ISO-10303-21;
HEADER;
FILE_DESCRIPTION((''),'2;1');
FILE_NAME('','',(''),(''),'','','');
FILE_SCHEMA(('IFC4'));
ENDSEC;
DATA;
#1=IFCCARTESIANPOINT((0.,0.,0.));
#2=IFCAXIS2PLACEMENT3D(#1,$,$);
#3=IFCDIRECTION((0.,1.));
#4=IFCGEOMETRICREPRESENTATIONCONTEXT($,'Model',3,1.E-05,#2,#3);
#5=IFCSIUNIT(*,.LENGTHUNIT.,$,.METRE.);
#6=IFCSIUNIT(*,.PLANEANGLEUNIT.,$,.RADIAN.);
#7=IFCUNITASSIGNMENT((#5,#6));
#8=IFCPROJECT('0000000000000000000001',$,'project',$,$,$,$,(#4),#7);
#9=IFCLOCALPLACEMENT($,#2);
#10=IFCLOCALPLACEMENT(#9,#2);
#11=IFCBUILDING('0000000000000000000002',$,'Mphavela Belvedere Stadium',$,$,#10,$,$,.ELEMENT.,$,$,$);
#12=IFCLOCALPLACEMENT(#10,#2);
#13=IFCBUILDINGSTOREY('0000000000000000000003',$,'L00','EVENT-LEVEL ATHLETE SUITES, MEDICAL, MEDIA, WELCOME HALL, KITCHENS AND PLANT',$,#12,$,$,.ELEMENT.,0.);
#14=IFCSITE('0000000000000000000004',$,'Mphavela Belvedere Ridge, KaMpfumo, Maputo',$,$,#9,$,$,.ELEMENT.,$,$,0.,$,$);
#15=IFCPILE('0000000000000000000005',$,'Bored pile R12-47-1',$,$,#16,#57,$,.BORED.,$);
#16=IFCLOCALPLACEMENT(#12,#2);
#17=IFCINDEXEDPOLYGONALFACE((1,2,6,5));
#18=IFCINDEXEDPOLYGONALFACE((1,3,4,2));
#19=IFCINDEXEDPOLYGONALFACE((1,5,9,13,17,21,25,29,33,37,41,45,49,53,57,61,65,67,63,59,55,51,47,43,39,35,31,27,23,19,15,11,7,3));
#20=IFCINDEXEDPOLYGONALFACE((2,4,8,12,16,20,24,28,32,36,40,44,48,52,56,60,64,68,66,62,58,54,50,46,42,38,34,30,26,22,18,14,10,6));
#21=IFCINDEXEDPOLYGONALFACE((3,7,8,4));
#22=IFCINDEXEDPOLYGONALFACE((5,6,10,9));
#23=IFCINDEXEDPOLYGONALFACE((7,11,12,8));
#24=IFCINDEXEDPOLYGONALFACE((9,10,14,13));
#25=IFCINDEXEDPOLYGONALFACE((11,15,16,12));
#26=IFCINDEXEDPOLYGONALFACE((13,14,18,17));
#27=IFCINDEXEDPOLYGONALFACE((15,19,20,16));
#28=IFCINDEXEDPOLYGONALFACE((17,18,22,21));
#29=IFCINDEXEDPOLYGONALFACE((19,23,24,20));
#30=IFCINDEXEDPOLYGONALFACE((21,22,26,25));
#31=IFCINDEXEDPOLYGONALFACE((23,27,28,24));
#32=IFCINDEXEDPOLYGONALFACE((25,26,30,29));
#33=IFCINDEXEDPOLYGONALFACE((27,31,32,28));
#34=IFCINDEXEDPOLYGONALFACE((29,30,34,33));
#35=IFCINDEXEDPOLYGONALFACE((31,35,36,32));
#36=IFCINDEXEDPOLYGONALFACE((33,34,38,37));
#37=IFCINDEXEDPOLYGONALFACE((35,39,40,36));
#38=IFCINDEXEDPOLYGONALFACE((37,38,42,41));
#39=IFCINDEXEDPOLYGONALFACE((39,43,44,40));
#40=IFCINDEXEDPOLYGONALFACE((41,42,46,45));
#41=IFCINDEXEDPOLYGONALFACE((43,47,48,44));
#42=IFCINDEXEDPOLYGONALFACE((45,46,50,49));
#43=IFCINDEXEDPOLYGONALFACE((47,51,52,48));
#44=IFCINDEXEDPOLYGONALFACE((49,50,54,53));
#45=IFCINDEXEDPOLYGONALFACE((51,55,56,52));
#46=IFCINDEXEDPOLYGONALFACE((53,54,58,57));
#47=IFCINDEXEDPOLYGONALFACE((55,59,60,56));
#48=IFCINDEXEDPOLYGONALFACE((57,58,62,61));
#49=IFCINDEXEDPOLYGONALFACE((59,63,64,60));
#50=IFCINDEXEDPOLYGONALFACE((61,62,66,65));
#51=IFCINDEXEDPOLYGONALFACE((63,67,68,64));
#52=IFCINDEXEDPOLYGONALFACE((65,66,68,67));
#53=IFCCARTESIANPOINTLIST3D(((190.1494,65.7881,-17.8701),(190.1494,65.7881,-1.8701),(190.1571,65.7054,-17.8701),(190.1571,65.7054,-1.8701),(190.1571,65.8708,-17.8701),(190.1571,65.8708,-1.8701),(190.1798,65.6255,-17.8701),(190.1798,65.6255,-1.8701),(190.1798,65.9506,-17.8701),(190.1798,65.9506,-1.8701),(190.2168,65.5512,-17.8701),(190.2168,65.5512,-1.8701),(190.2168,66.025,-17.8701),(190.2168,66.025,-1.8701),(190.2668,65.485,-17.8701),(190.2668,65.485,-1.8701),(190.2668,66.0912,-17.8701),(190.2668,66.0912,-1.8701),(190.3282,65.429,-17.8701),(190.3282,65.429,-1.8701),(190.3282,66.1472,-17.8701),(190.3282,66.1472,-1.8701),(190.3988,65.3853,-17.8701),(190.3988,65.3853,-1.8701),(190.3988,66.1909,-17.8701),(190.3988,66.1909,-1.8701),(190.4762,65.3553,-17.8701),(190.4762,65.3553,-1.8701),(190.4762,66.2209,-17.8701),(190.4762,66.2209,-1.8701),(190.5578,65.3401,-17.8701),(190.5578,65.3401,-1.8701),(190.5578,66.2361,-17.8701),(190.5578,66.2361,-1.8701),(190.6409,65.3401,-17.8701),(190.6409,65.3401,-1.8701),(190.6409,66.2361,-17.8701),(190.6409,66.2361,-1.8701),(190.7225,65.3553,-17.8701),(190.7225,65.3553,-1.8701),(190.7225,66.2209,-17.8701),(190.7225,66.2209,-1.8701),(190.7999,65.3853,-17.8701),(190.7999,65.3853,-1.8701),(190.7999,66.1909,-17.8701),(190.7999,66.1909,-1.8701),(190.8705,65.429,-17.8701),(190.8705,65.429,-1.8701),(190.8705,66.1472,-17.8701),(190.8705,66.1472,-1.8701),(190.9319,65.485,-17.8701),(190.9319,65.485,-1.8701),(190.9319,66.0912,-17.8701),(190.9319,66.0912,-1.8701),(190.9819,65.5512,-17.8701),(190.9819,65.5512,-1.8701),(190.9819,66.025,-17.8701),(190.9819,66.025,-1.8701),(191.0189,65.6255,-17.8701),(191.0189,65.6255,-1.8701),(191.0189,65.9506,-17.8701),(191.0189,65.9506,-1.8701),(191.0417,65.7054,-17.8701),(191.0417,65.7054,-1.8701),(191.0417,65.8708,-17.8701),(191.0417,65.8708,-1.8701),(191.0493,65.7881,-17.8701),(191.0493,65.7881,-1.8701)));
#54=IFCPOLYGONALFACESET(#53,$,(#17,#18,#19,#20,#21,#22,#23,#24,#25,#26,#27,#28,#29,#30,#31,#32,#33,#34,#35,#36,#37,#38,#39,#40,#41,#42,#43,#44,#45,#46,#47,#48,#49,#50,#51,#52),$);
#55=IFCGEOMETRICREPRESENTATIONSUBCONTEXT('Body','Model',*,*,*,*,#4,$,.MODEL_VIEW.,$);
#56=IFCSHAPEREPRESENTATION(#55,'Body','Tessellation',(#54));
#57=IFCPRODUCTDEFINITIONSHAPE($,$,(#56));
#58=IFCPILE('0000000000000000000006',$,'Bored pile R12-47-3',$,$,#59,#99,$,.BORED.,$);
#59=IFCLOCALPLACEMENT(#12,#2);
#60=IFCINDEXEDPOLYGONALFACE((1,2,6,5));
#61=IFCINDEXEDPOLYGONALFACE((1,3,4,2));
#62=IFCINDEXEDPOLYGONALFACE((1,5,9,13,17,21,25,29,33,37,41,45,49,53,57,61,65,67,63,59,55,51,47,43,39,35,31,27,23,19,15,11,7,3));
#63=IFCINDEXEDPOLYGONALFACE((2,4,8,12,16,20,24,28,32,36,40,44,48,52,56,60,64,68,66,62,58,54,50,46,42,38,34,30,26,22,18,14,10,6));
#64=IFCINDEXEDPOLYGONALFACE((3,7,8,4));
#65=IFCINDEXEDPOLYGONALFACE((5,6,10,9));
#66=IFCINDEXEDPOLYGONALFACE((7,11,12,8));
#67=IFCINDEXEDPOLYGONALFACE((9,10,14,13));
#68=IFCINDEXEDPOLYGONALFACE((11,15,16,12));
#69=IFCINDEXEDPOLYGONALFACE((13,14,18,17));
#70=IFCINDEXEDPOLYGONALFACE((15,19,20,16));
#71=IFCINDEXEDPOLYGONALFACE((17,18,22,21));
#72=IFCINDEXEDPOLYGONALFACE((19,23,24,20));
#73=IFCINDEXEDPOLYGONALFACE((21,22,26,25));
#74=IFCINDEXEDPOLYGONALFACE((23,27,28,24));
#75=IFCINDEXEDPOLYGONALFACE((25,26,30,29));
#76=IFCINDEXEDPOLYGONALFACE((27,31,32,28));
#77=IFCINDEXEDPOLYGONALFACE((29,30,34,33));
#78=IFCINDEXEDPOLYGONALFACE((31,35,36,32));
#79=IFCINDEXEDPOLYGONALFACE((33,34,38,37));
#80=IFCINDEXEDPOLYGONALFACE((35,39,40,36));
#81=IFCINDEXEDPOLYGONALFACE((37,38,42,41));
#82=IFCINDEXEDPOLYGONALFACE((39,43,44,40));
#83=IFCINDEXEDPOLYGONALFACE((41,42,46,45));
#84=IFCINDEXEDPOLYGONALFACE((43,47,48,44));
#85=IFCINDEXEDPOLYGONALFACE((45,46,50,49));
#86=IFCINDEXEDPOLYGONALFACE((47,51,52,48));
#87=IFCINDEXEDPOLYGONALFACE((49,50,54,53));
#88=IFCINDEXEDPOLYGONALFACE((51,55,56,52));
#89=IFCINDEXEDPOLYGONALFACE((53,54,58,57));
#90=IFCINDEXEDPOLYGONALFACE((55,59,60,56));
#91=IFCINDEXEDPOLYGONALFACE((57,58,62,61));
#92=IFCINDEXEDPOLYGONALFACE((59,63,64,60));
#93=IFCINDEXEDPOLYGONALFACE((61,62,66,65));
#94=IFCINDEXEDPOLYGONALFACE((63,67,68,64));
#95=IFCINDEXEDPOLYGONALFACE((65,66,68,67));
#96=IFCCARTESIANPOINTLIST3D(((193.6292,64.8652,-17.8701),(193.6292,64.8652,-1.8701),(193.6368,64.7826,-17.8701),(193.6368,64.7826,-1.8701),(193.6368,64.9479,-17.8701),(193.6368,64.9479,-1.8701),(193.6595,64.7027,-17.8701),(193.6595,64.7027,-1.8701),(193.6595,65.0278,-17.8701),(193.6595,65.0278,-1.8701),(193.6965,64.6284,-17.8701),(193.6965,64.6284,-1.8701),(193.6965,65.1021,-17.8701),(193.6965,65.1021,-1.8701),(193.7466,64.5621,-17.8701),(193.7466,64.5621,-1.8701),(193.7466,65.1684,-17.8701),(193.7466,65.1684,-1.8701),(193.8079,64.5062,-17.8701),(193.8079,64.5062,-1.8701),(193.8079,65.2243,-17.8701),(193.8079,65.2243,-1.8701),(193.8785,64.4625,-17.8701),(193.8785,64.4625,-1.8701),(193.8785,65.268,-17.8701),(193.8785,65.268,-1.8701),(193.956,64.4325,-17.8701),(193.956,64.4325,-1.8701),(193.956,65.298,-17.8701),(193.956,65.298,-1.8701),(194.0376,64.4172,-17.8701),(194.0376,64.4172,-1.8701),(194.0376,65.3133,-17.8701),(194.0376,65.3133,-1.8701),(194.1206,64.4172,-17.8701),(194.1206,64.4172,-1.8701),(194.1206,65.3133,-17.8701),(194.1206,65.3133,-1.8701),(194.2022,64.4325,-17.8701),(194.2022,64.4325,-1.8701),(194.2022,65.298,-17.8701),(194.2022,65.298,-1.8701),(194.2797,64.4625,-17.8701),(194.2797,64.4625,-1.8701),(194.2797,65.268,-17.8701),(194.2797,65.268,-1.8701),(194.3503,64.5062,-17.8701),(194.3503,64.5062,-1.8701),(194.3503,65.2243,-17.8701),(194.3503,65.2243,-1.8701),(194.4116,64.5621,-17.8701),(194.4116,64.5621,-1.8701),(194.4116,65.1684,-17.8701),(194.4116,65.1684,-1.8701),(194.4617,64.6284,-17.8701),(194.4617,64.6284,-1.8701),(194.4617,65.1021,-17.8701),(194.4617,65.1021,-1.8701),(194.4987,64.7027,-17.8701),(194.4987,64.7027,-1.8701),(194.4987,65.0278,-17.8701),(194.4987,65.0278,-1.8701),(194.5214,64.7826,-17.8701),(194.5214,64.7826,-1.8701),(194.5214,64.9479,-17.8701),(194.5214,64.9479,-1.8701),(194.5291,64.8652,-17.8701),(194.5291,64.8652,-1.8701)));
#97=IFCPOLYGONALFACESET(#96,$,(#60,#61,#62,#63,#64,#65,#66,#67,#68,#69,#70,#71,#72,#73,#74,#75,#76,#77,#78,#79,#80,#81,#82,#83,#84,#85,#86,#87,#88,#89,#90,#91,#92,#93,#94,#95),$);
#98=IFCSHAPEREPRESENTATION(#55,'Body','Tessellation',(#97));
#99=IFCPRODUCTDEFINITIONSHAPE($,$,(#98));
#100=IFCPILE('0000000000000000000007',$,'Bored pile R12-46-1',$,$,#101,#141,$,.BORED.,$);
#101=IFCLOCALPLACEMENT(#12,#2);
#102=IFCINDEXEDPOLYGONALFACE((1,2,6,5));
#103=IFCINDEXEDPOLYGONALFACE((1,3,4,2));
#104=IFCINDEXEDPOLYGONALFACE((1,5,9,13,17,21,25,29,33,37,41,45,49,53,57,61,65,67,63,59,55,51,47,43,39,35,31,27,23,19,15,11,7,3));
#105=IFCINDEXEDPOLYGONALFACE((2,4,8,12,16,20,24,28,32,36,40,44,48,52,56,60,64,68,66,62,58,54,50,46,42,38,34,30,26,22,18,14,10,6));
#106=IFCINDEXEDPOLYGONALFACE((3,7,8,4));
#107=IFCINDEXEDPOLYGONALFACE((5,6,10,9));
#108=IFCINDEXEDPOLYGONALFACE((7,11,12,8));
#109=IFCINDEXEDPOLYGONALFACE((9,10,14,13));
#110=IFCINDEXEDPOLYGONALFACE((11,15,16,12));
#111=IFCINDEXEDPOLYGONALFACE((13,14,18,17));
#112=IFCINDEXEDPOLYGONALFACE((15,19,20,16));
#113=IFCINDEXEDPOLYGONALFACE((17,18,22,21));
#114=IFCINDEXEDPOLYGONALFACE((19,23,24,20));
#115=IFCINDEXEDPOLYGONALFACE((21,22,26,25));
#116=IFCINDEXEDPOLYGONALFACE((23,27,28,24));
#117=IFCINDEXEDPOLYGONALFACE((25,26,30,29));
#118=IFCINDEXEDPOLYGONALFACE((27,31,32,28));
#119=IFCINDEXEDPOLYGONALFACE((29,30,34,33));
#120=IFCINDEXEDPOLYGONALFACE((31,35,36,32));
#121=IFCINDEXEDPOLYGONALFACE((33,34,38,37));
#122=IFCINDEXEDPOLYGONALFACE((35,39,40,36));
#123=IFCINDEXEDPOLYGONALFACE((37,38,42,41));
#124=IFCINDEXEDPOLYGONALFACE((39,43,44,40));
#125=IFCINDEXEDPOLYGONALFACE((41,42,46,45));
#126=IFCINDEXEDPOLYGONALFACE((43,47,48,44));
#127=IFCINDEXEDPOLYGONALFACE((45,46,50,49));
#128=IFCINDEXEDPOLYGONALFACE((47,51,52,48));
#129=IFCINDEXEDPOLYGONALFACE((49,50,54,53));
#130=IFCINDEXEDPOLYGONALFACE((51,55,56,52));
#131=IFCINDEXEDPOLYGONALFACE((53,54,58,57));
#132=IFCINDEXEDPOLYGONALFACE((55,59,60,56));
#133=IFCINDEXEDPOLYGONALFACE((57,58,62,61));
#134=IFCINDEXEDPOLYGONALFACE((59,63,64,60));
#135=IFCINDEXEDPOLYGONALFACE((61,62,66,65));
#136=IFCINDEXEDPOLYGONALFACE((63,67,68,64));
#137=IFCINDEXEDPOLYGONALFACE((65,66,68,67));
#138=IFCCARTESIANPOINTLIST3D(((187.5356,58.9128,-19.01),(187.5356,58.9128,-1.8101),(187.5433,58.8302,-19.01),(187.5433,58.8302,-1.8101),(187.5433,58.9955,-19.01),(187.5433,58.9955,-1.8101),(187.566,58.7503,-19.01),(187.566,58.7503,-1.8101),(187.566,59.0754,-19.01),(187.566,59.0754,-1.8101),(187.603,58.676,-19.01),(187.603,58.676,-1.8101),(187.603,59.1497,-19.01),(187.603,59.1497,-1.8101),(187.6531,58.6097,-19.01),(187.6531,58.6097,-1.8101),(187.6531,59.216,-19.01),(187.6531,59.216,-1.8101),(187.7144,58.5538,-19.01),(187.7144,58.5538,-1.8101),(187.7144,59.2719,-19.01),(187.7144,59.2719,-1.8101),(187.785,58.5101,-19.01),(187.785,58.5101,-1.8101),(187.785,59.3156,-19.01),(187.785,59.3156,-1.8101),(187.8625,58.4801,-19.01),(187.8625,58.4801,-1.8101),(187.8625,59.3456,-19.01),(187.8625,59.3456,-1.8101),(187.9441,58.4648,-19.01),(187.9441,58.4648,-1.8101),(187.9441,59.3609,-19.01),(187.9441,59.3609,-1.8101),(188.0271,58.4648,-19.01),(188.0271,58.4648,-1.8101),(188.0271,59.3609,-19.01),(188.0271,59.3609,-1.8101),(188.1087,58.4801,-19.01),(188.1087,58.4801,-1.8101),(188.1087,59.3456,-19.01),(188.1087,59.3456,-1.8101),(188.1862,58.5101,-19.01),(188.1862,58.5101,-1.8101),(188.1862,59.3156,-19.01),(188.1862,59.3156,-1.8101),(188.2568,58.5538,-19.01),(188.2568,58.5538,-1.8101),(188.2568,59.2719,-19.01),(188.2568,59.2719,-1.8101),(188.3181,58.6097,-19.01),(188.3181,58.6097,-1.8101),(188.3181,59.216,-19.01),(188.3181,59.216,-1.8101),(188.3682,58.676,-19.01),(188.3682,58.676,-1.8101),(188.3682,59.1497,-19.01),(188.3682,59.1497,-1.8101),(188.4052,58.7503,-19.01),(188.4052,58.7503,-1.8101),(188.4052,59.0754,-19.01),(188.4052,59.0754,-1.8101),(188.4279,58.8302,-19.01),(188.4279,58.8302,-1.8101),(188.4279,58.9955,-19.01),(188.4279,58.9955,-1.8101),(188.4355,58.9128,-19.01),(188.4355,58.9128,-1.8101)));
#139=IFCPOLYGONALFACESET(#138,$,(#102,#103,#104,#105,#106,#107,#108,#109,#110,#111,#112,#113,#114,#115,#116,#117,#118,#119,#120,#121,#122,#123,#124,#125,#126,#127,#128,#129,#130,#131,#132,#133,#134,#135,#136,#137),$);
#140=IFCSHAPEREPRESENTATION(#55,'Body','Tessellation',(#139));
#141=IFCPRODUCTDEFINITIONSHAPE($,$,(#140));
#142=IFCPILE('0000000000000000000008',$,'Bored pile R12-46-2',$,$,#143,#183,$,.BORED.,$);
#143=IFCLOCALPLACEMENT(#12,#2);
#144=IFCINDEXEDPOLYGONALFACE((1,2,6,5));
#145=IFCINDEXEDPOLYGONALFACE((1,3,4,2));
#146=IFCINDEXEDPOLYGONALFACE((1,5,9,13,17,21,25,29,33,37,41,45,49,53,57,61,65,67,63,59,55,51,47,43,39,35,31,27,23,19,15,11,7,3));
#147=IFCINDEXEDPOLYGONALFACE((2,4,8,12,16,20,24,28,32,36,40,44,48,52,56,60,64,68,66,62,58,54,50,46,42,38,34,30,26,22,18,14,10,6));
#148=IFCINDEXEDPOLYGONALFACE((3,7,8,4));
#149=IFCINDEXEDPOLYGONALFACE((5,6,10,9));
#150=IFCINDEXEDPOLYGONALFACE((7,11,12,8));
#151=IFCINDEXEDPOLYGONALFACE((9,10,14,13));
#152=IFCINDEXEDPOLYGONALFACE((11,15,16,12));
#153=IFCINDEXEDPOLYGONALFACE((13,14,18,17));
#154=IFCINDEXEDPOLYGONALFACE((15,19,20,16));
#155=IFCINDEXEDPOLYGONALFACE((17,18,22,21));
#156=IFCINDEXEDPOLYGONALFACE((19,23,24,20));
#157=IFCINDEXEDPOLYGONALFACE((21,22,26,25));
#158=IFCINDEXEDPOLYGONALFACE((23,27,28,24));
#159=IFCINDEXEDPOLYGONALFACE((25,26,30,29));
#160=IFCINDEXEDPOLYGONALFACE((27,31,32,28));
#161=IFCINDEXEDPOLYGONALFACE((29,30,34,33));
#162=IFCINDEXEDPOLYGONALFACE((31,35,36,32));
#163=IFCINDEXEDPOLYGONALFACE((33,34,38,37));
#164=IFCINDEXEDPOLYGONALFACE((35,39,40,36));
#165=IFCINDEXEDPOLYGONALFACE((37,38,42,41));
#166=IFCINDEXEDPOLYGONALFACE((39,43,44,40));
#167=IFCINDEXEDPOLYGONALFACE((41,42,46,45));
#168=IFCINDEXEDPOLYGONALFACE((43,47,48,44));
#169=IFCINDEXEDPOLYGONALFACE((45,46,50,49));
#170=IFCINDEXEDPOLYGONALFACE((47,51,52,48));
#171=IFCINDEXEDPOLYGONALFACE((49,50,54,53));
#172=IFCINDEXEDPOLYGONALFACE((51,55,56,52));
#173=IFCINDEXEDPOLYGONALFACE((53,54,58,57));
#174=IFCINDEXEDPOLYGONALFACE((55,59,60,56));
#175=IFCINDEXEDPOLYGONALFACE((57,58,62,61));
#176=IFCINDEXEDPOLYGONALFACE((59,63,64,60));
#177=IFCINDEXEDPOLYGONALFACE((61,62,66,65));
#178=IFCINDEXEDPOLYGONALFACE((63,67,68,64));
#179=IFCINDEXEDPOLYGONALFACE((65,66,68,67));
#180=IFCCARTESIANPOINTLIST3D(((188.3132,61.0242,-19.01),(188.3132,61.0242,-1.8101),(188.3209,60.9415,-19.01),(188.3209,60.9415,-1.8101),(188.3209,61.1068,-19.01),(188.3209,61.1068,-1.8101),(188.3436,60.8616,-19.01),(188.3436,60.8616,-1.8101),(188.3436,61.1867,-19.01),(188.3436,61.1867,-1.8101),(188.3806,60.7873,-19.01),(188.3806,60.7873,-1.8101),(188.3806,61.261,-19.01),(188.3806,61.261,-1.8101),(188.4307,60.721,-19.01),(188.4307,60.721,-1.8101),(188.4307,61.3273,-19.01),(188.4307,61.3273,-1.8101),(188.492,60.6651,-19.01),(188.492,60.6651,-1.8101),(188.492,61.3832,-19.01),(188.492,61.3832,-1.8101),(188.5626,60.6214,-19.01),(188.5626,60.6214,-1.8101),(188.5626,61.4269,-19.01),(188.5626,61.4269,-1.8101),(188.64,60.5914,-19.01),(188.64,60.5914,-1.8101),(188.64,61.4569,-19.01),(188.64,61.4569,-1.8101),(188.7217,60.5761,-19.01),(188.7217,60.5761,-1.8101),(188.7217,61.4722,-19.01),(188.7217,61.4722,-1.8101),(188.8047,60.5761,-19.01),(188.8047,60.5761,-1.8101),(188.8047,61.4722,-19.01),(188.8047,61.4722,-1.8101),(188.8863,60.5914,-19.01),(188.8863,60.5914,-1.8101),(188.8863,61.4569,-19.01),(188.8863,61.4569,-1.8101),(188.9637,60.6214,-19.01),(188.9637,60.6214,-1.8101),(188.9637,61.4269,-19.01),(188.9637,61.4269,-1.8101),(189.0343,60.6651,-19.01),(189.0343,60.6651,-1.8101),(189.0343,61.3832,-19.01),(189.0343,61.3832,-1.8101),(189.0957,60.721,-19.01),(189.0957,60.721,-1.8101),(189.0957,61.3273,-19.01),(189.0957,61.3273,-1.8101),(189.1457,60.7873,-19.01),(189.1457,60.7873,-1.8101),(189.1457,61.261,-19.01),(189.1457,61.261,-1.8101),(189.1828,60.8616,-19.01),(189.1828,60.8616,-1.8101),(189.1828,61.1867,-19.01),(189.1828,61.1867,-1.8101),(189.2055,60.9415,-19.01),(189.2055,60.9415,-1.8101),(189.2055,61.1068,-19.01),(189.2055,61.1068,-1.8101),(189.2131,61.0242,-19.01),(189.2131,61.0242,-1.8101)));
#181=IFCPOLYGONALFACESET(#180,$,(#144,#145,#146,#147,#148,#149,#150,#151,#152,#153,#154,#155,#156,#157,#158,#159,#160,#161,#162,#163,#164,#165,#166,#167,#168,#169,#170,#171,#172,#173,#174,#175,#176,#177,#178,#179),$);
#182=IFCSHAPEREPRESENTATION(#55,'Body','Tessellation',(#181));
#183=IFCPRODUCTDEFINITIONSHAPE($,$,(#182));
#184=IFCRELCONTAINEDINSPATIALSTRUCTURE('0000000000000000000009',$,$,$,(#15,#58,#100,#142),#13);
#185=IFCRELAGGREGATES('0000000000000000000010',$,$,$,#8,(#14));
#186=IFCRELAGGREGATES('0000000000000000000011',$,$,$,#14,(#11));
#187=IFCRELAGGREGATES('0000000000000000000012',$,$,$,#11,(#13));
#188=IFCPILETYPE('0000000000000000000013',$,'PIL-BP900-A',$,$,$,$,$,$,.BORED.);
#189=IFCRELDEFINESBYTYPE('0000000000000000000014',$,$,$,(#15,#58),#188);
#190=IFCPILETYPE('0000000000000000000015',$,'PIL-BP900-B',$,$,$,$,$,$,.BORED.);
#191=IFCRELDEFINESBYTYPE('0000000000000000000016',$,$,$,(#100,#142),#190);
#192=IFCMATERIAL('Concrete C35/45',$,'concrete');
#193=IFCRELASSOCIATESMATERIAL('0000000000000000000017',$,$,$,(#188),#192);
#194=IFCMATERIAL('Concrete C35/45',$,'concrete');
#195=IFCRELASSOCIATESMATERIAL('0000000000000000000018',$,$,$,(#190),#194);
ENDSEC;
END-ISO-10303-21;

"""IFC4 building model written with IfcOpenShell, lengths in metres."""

from ifc_helpers import new_model, si_unit, direction, frame, origin, origin_2d, place, context, subcontext, project, spatial, circle, extrude, material, material_profile, profile_set, type_object, element, save


model = new_model("IFC4")

# Units and contexts
model_context = context("Model", 3, precision=1e-05, world=origin(), true_north=direction((0.0, 1.0)))
body_context = subcontext(model_context, "Body", "Model", "MODEL_VIEW")
ifc_project = project(units=[si_unit("LENGTHUNIT", "METRE"), si_unit("PLANEANGLEUNIT", "RADIAN")], contexts=[model_context])

# Site, building, storey
site_placement = place(None, origin())
site = spatial("IfcSite", under=ifc_project, at=site_placement, Name="Mphavela Belvedere Ridge, KaMpfumo, Maputo", CompositionType="ELEMENT", RefElevation=0.0)
building_placement = place(site_placement, origin())
building = spatial("IfcBuilding", under=site, at=building_placement, Name="Mphavela Belvedere Stadium", CompositionType="ELEMENT")
storey_placement = place(building_placement, origin())
storey = spatial("IfcBuildingStorey", under=building, at=storey_placement, Name="L00", Description="EVENT-LEVEL ATHLETE SUITES, MEDICAL, MEDIA, WELCOME HALL, KITCHENS AND PLANT", CompositionType="ELEMENT", Elevation=0.0)

# Piles
ifc_material_1 = material(Name="Concrete C35/45", Category="concrete")
ifc_material_profile_1 = material_profile(ifc_material_1, circle(Radius=0.45, at=origin_2d()), Name="BP D900")
ifc_profile_set_1 = profile_set([ifc_material_profile_1], Name="Concrete C35/45")
pile_type_1 = type_object("IfcPileType", Name="PIL-BP900-A", PredefinedType="BORED", material=ifc_profile_set_1)
for number, where, z_axis, x_axis, name in (
    (1, (190.5994, 65.7881, -1.8701), (0.0, 0.0, -1.0), (1.0, 0.0, 0.0), "Bored pile R12-47-1"),
    (2, (194.0791, 64.8652, -1.8701), (0.0, 0.0, -1.0), (1.0, 0.0, 0.0), "Bored pile R12-47-3"),
):
    element("IfcPile", number, at=place(storey_placement, frame(where, z_axis=z_axis, x_axis=x_axis)), inside=storey, type_object=pile_type_1, Name=name, PredefinedType="BORED", context=body_context, shape_type="SweptSolid", body=[
        extrude(circle(Radius=0.45, at=origin_2d()), origin(), (0.0, 0.0, 1.0), 16.0),
    ])
ifc_material_2 = material(Name="Concrete C35/45", Category="concrete")
ifc_material_profile_2 = material_profile(ifc_material_2, circle(Radius=0.45, at=origin_2d()), Name="BP D900")
ifc_profile_set_2 = profile_set([ifc_material_profile_2], Name="Concrete C35/45")
pile_type_2 = type_object("IfcPileType", Name="PIL-BP900-B", PredefinedType="BORED", material=ifc_profile_set_2)
for number, where, z_axis, x_axis, name in (
    (3, (187.9856, 58.9128, -1.8101), (0.0, 0.0, -1.0), (1.0, 0.0, 0.0), "Bored pile R12-46-1"),
    (4, (188.7632, 61.0242, -1.8101), (0.0, 0.0, -1.0), (1.0, 0.0, 0.0), "Bored pile R12-46-2"),
):
    element("IfcPile", number, at=place(storey_placement, frame(where, z_axis=z_axis, x_axis=x_axis)), inside=storey, type_object=pile_type_2, Name=name, PredefinedType="BORED", context=body_context, shape_type="SweptSolid", body=[
        extrude(circle(Radius=0.45, at=origin_2d()), origin(), (0.0, 0.0, 1.0), 17.2),
    ])

save(model, "model.ifc")
